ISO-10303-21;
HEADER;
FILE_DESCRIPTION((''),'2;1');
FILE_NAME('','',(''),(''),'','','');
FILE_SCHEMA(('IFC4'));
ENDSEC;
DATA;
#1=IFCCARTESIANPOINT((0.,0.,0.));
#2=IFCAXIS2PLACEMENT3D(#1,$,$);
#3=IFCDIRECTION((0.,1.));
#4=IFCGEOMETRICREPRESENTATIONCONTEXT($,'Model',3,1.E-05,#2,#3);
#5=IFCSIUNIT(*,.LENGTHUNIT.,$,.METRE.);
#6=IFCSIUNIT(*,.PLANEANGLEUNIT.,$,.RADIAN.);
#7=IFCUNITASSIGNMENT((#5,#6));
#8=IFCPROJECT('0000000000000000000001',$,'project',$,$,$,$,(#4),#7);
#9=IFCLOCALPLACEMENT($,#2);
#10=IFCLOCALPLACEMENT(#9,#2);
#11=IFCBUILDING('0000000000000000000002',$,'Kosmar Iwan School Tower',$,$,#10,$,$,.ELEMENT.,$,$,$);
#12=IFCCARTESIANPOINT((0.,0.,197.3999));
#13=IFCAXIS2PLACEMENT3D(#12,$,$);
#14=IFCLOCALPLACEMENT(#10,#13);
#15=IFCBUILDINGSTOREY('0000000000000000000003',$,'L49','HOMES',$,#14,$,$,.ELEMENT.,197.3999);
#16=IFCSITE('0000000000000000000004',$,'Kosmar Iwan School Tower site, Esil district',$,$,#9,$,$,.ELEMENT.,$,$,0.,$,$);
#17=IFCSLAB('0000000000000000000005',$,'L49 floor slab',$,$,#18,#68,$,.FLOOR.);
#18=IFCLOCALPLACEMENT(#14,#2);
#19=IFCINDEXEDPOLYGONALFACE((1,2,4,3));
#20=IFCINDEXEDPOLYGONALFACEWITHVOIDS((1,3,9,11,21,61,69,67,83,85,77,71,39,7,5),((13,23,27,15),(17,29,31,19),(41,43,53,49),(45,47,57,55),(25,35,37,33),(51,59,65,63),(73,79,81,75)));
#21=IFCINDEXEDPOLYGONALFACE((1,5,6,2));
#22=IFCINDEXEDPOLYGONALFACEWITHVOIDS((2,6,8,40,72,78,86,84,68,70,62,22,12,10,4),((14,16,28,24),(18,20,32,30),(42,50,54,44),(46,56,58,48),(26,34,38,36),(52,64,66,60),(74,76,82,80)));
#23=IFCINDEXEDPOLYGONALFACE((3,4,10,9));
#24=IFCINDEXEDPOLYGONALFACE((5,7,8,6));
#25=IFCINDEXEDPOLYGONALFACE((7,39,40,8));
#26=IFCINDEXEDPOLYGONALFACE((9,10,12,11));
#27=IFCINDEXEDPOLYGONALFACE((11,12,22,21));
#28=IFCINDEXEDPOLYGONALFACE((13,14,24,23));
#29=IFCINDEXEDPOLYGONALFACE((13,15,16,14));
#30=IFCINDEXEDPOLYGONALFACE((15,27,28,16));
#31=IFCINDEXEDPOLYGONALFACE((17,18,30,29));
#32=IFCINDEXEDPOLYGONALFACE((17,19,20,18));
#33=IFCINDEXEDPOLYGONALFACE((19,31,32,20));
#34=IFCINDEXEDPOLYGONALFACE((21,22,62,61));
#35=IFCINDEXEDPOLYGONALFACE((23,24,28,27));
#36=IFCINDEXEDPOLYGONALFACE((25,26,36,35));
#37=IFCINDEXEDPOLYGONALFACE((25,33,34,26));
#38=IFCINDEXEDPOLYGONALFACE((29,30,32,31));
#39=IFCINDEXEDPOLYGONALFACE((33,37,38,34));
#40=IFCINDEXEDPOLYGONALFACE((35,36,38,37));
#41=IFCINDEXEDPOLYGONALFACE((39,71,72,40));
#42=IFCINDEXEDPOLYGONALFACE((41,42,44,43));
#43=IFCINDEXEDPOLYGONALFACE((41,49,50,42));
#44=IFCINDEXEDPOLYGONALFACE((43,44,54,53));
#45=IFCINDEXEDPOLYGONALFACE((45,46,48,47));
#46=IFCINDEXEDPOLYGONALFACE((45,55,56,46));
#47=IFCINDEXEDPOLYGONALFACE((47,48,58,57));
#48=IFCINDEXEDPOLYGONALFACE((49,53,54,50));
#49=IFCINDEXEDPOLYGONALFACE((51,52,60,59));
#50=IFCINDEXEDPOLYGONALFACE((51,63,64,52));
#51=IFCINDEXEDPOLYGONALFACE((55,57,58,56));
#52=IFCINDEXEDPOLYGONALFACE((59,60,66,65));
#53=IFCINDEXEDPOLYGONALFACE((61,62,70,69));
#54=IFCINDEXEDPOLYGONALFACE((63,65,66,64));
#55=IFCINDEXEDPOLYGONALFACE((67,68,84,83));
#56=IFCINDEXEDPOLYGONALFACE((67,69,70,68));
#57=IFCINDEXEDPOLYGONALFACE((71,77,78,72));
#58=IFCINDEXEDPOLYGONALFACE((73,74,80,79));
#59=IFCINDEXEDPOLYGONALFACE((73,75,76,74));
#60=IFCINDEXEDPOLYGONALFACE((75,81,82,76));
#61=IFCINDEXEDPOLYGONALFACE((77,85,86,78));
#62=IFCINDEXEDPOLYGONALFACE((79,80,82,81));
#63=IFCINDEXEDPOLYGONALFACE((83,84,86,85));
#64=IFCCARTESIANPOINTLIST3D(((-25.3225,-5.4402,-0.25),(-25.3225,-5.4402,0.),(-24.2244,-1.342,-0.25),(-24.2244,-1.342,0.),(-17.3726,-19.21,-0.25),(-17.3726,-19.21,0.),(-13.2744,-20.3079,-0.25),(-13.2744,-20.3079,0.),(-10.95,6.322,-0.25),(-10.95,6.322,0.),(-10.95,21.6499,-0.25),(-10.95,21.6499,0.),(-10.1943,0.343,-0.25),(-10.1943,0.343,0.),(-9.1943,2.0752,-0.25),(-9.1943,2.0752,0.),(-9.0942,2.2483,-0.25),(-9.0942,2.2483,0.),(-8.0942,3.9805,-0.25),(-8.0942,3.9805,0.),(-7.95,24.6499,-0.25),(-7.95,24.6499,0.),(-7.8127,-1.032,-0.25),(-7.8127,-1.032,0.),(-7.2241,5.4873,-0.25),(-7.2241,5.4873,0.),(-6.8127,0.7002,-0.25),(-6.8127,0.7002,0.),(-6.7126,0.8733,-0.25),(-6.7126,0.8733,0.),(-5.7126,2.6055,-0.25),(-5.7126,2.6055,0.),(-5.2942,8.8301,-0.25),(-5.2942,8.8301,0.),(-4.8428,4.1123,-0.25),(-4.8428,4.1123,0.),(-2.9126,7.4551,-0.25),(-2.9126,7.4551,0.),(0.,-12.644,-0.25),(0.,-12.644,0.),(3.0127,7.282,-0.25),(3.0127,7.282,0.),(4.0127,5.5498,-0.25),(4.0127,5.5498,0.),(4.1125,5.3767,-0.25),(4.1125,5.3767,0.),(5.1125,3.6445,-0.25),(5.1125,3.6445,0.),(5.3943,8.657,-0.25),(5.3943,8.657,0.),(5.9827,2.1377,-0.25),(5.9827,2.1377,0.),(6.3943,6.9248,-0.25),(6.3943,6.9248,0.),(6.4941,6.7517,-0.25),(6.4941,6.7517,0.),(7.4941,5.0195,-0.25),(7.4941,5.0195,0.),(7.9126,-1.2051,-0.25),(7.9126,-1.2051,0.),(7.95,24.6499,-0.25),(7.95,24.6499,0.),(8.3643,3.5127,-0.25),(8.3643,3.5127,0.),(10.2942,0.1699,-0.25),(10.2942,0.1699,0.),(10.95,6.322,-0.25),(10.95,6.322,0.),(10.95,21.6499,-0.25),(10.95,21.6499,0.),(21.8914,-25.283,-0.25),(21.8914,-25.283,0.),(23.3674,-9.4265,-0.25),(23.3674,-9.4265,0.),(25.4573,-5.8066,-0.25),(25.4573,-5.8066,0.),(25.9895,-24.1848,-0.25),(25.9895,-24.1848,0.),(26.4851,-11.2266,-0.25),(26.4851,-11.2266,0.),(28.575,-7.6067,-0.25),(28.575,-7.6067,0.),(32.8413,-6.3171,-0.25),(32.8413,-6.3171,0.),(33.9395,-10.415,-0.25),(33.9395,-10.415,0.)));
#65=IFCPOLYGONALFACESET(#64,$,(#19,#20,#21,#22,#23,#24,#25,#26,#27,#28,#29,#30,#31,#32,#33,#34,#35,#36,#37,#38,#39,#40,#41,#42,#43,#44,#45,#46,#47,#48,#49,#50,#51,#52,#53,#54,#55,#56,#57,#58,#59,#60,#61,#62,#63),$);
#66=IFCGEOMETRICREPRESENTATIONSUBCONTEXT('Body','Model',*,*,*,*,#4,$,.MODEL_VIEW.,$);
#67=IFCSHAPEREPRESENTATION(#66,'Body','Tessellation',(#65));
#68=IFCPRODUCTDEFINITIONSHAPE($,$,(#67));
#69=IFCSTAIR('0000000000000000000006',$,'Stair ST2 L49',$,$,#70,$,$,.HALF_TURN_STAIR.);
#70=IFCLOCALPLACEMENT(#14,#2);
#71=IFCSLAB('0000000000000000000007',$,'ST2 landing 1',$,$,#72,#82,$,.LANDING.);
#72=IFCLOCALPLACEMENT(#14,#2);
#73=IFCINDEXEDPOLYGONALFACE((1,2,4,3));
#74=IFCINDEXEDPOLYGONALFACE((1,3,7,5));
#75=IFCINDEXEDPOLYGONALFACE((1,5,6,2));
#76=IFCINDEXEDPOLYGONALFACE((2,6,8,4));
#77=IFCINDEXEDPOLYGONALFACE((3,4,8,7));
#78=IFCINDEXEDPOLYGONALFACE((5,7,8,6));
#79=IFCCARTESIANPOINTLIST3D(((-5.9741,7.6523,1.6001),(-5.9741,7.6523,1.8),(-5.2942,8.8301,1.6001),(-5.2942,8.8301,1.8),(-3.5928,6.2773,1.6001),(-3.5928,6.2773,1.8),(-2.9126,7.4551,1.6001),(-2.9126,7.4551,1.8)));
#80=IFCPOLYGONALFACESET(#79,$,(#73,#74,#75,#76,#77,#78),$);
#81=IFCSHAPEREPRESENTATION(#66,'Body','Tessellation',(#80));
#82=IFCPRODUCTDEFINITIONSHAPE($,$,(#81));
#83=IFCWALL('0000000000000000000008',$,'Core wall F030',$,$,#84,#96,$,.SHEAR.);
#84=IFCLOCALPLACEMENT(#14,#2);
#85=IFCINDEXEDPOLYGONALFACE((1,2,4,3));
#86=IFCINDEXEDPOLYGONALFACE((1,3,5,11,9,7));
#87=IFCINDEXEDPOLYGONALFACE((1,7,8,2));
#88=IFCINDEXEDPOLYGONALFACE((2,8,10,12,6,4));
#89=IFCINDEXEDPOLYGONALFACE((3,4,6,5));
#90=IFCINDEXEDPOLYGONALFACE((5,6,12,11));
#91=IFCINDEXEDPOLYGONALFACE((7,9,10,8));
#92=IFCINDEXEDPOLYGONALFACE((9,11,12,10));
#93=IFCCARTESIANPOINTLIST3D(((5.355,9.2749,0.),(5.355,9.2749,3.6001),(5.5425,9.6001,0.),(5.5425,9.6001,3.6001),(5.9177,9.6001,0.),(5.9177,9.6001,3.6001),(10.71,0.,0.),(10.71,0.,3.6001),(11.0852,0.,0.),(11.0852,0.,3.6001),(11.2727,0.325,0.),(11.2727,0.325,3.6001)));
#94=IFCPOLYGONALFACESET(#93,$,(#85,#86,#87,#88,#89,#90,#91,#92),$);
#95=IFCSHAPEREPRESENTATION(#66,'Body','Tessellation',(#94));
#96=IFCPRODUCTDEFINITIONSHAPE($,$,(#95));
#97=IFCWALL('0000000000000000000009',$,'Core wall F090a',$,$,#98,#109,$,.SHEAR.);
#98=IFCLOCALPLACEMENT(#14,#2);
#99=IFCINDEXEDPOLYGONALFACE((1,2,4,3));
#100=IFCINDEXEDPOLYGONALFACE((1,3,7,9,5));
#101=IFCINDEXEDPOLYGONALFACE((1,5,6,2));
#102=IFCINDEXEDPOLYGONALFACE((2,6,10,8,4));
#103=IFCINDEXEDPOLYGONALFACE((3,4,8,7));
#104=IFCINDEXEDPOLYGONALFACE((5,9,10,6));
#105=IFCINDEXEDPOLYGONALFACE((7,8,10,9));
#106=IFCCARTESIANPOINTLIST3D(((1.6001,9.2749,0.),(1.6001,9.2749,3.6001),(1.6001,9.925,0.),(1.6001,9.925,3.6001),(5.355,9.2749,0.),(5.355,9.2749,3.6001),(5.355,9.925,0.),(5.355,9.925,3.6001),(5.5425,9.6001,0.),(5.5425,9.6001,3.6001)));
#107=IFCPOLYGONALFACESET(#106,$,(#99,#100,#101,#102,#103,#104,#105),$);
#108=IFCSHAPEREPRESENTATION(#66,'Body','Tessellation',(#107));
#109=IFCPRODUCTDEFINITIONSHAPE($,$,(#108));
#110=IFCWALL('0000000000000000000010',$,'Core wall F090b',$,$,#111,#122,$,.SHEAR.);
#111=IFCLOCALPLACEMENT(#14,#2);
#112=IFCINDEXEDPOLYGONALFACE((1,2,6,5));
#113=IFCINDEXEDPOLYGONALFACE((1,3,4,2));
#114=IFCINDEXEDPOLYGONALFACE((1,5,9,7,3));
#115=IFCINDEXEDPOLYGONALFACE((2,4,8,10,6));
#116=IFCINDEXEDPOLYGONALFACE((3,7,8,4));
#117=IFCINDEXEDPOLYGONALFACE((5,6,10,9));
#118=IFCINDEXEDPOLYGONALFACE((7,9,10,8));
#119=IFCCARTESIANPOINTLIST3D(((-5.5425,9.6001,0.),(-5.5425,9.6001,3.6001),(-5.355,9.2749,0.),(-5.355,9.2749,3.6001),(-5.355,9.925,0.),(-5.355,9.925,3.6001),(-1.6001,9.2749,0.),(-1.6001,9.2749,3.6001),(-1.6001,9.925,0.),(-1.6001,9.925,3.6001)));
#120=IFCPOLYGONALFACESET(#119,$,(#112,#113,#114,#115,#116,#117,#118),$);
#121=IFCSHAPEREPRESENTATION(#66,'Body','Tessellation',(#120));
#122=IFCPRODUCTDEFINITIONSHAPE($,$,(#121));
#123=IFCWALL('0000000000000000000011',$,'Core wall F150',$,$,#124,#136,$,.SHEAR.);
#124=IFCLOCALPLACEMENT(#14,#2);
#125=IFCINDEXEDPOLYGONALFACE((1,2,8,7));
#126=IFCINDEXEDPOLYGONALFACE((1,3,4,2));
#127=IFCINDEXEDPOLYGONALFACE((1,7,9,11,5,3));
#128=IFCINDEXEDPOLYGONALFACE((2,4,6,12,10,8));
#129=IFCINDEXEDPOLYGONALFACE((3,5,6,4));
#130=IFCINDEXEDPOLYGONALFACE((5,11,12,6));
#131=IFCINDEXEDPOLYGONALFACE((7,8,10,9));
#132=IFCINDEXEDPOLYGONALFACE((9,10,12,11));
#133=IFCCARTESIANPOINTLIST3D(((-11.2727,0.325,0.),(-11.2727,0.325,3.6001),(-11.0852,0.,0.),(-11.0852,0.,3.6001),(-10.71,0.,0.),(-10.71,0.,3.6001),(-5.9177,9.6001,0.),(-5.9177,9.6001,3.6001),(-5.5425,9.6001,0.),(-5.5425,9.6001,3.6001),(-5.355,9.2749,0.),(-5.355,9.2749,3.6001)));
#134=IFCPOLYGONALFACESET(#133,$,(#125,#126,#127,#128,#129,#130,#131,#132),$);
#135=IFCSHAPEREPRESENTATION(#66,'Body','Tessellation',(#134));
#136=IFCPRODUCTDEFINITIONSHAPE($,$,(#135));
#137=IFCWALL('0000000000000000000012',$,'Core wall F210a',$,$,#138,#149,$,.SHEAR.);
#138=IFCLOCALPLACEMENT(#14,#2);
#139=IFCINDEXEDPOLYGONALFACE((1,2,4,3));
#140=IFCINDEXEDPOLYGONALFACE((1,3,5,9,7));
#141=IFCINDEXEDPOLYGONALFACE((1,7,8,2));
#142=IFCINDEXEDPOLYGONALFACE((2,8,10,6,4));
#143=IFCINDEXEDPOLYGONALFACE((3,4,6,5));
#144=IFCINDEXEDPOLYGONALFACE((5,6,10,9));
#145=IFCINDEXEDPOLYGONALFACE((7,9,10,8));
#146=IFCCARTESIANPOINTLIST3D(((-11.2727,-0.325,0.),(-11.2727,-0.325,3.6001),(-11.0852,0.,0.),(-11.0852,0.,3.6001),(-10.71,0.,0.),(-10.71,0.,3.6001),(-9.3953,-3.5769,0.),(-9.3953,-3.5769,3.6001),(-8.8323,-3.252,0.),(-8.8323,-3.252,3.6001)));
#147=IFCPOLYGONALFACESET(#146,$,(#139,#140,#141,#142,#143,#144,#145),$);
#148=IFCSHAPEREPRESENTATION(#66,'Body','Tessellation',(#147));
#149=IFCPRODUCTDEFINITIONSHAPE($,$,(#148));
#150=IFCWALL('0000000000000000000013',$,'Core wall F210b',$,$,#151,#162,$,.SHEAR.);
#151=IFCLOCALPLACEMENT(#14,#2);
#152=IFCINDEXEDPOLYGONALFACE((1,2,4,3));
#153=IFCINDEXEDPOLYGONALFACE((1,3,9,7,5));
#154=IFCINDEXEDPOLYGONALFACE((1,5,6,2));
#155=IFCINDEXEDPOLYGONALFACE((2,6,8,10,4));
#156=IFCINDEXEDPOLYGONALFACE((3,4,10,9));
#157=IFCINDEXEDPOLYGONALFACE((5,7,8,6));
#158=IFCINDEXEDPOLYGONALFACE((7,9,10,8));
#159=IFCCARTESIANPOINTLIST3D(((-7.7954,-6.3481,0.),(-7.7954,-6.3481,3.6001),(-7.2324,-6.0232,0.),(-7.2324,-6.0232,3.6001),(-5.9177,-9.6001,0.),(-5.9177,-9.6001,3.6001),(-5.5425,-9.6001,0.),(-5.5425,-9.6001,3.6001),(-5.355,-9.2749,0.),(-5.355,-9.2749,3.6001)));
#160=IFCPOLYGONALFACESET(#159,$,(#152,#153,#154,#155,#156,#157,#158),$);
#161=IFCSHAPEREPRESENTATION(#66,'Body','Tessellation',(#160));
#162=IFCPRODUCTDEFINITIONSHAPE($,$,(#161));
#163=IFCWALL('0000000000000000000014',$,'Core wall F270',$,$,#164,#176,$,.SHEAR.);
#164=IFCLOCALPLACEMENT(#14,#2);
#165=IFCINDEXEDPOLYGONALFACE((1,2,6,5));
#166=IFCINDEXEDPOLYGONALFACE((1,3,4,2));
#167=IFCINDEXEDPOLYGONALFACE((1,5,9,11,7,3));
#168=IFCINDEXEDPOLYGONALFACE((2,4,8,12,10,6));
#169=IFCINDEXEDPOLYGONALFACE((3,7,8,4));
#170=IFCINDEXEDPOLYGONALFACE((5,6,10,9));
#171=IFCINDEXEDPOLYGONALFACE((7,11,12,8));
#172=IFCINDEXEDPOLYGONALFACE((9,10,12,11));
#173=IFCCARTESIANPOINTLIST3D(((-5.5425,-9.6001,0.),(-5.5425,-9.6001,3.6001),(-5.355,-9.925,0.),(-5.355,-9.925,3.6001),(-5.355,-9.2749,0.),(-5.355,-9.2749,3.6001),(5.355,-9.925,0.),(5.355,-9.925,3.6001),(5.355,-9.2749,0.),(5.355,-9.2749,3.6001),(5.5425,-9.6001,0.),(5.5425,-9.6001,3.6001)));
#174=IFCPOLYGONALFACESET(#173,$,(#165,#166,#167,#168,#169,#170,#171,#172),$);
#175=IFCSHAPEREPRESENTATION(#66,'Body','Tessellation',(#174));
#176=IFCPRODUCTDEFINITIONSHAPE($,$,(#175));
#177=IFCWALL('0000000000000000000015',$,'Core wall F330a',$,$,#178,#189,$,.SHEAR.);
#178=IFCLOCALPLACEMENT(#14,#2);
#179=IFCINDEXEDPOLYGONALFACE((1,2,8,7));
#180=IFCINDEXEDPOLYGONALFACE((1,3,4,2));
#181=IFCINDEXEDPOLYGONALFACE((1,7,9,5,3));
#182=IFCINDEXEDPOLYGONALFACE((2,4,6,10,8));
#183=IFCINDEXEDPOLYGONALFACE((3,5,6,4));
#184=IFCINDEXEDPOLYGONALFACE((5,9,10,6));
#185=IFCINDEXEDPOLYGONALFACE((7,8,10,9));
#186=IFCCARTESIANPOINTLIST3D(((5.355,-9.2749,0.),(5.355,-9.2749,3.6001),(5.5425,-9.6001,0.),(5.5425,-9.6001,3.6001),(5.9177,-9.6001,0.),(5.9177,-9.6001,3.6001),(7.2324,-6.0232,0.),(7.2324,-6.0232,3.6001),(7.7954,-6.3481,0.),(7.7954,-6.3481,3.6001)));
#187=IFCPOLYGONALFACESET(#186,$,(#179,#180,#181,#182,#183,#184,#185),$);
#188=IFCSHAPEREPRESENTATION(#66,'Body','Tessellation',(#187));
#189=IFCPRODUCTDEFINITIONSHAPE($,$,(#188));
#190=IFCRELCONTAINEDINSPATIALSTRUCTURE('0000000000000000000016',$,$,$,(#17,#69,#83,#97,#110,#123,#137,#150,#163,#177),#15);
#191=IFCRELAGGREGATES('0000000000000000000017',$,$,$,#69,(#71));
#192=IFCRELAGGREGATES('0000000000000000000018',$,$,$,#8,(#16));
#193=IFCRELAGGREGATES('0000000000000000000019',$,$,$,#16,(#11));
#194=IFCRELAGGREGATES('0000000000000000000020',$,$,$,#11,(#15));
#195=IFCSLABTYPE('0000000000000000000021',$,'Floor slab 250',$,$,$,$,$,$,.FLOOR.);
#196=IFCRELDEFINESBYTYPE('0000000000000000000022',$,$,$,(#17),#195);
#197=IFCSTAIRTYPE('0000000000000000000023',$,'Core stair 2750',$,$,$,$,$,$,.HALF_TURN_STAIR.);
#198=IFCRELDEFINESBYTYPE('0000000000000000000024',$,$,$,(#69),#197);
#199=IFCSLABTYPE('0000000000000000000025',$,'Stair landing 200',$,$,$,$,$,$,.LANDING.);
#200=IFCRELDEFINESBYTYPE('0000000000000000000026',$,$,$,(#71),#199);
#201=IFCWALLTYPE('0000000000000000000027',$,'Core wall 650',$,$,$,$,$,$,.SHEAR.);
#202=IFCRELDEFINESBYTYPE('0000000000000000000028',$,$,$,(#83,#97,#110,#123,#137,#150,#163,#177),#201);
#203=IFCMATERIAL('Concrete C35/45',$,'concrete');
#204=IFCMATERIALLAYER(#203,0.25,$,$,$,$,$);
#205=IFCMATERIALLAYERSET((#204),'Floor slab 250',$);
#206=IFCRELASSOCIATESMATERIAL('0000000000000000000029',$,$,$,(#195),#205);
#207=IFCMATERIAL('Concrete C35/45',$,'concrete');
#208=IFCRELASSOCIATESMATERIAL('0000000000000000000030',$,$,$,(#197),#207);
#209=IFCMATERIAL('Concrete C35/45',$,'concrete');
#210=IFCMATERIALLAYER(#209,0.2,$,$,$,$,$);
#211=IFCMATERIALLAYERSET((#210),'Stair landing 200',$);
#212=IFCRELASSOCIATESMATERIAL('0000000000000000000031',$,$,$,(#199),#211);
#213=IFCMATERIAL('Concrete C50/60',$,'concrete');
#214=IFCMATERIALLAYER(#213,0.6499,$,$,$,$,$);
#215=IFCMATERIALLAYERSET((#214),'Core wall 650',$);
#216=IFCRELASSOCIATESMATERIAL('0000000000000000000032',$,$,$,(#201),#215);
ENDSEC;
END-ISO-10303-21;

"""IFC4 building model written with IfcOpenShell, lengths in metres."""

from ifc_helpers import new_model, si_unit, direction, frame, origin, place, context, subcontext, project, spatial, polyline, outline, extrude, material, layer, layer_set, type_object, element, aggregate, save


model = new_model("IFC4")

# Units and contexts
model_context = context("Model", 3, precision=1e-05, world=origin(), true_north=direction((0.0, 1.0)))
body_context = subcontext(model_context, "Body", "Model", "MODEL_VIEW")
ifc_project = project(units=[si_unit("LENGTHUNIT", "METRE"), si_unit("PLANEANGLEUNIT", "RADIAN")], contexts=[model_context])

# Site, building, storey
site_placement = place(None, origin())
site = spatial("IfcSite", under=ifc_project, at=site_placement, Name="Kosmar Iwan School Tower site, Esil district", CompositionType="ELEMENT", RefElevation=0.0)
building_placement = place(site_placement, origin())
building = spatial("IfcBuilding", under=site, at=building_placement, Name="Kosmar Iwan School Tower", CompositionType="ELEMENT")
storey_placement = place(building_placement, frame((0.0, 0.0, 197.3999)))
storey = spatial("IfcBuildingStorey", under=building, at=storey_placement, Name="L49", Description="HOMES", CompositionType="ELEMENT", Elevation=197.3999)

# Slab
ifc_material_1 = material(Name="Concrete C35/45", Category="concrete")
ifc_layer_1 = layer(ifc_material_1, 0.25)
ifc_layer_set_1 = layer_set([ifc_layer_1], Name="Floor slab 250")
slab_type_1 = type_object("IfcSlabType", Name="Floor slab 250", PredefinedType="FLOOR", material=ifc_layer_set_1)
slab_1_placement = place(storey_placement, frame((0.0, 0.0, -0.25)))
element("IfcSlab", 1, at=slab_1_placement, inside=storey, type_object=slab_type_1, Name="L49 floor slab", PredefinedType="FLOOR", context=body_context, shape_type="SweptSolid", body=[
    extrude(outline(polyline([(21.8914, -25.283), (25.9895, -24.1848), (33.9395, -10.415), (32.8413, -6.3171), (10.95, 6.322), (10.95, 21.6499), (7.95, 24.6499), (-7.95, 24.6499), (-10.95, 21.6499), (-10.95, 6.322), (-24.2244, -1.342), (-25.3225, -5.4402), (-17.3726, -19.21), (-13.2744, -20.3079), (0.0, -12.644), (21.8914, -25.283)]), holes=[polyline([(7.9126, -1.2051), (10.2942, 0.1699), (8.3643, 3.5127), (5.9827, 2.1377), (7.9126, -1.2051)]), polyline([(-2.9126, 7.4551), (-5.2942, 8.8301), (-7.2241, 5.4873), (-4.8428, 4.1123), (-2.9126, 7.4551)]), polyline([(-5.7126, 2.6055), (-8.0942, 3.9805), (-9.0942, 2.2483), (-6.7126, 0.8733), (-5.7126, 2.6055)]), polyline([(-6.8127, 0.7002), (-9.1943, 2.0752), (-10.1943, 0.343), (-7.8127, -1.032), (-6.8127, 0.7002)]), polyline([(5.1125, 3.6445), (7.4941, 5.0195), (6.4941, 6.7517), (4.1125, 5.3767), (5.1125, 3.6445)]), polyline([(4.0127, 5.5498), (6.3943, 6.9248), (5.3943, 8.657), (3.0127, 7.282), (4.0127, 5.5498)]), polyline([(23.3674, -9.4265), (26.4851, -11.2266), (28.575, -7.6067), (25.4573, -5.8066), (23.3674, -9.4265)])]), origin(), (0.0, 0.0, 1.0), 0.25),
])

# Stair, slab
ifc_material_2 = material(Name="Concrete C35/45", Category="concrete")
stair_type = type_object("IfcStairType", Name="Core stair 2750", PredefinedType="HALF_TURN_STAIR", material=ifc_material_2)
stair_placement = place(storey_placement, origin())
stair = element("IfcStair", 2, at=stair_placement, inside=storey, type_object=stair_type, Name="Stair ST2 L49", PredefinedType="HALF_TURN_STAIR")
ifc_material_3 = material(Name="Concrete C35/45", Category="concrete")
ifc_layer_2 = layer(ifc_material_3, 0.2)
ifc_layer_set_2 = layer_set([ifc_layer_2], Name="Stair landing 200")
slab_type_2 = type_object("IfcSlabType", Name="Stair landing 200", PredefinedType="LANDING", material=ifc_layer_set_2)
slab_2_placement = place(storey_placement, frame((0.0, 0.0, 1.6001)))
slab_2 = element("IfcSlab", 3, at=slab_2_placement, type_object=slab_type_2, Name="ST2 landing 1", PredefinedType="LANDING", context=body_context, shape_type="SweptSolid", body=[
    extrude(outline(polyline([(-2.9126, 7.4551), (-5.2942, 8.8301), (-5.9741, 7.6523), (-3.5928, 6.2773), (-2.9126, 7.4551)])), origin(), (0.0, 0.0, 1.0), 0.2),
])
aggregate(stair, [slab_2])

# Walls
ifc_material_4 = material(Name="Concrete C50/60", Category="concrete")
ifc_layer_3 = layer(ifc_material_4, 0.6499)
ifc_layer_set_3 = layer_set([ifc_layer_3], Name="Core wall 650")
wall_type = type_object("IfcWallType", Name="Core wall 650", PredefinedType="SHEAR", material=ifc_layer_set_3)
wall_1_placement = place(storey_placement, origin())
element("IfcWall", 4, at=wall_1_placement, inside=storey, type_object=wall_type, Name="Core wall F030", PredefinedType="SHEAR", context=body_context, shape_type="SweptSolid", body=[
    extrude(outline(polyline([(10.71, 0.0), (11.0852, 0.0), (11.2727, 0.325), (5.9177, 9.6001), (5.5425, 9.6001), (5.355, 9.2749), (10.71, 0.0)])), origin(), (0.0, 0.0, 1.0), 3.6001),
])
wall_2_placement = place(storey_placement, origin())
element("IfcWall", 5, at=wall_2_placement, inside=storey, type_object=wall_type, Name="Core wall F090a", PredefinedType="SHEAR", context=body_context, shape_type="SweptSolid", body=[
    extrude(outline(polyline([(1.6001, 9.2749), (5.355, 9.2749), (5.5425, 9.6001), (5.355, 9.925), (1.6001, 9.925), (1.6001, 9.2749)])), origin(), (0.0, 0.0, 1.0), 3.6001),
])
wall_3_placement = place(storey_placement, origin())
element("IfcWall", 6, at=wall_3_placement, inside=storey, type_object=wall_type, Name="Core wall F090b", PredefinedType="SHEAR", context=body_context, shape_type="SweptSolid", body=[
    extrude(outline(polyline([(-5.355, 9.2749), (-1.6001, 9.2749), (-1.6001, 9.925), (-5.355, 9.925), (-5.5425, 9.6001), (-5.355, 9.2749)])), origin(), (0.0, 0.0, 1.0), 3.6001),
])
wall_4_placement = place(storey_placement, origin())
element("IfcWall", 7, at=wall_4_placement, inside=storey, type_object=wall_type, Name="Core wall F150", PredefinedType="SHEAR", context=body_context, shape_type="SweptSolid", body=[
    extrude(outline(polyline([(-11.0852, 0.0), (-10.71, 0.0), (-5.355, 9.2749), (-5.5425, 9.6001), (-5.9177, 9.6001), (-11.2727, 0.325), (-11.0852, 0.0)])), origin(), (0.0, 0.0, 1.0), 3.6001),
])
wall_5_placement = place(storey_placement, origin())
element("IfcWall", 8, at=wall_5_placement, inside=storey, type_object=wall_type, Name="Core wall F210a", PredefinedType="SHEAR", context=body_context, shape_type="SweptSolid", body=[
    extrude(outline(polyline([(-9.3953, -3.5769), (-8.8323, -3.252), (-10.71, 0.0), (-11.0852, 0.0), (-11.2727, -0.325), (-9.3953, -3.5769)])), origin(), (0.0, 0.0, 1.0), 3.6001),
])
wall_6_placement = place(storey_placement, origin())
element("IfcWall", 9, at=wall_6_placement, inside=storey, type_object=wall_type, Name="Core wall F210b", PredefinedType="SHEAR", context=body_context, shape_type="SweptSolid", body=[
    extrude(outline(polyline([(-5.9177, -9.6001), (-5.5425, -9.6001), (-5.355, -9.2749), (-7.2324, -6.0232), (-7.7954, -6.3481), (-5.9177, -9.6001)])), origin(), (0.0, 0.0, 1.0), 3.6001),
])
wall_7_placement = place(storey_placement, origin())
element("IfcWall", 10, at=wall_7_placement, inside=storey, type_object=wall_type, Name="Core wall F270", PredefinedType="SHEAR", context=body_context, shape_type="SweptSolid", body=[
    extrude(outline(polyline([(-5.355, -9.925), (5.355, -9.925), (5.5425, -9.6001), (5.355, -9.2749), (-5.355, -9.2749), (-5.5425, -9.6001), (-5.355, -9.925)])), origin(), (0.0, 0.0, 1.0), 3.6001),
])
wall_8_placement = place(storey_placement, origin())
element("IfcWall", 11, at=wall_8_placement, inside=storey, type_object=wall_type, Name="Core wall F330a", PredefinedType="SHEAR", context=body_context, shape_type="SweptSolid", body=[
    extrude(outline(polyline([(5.5425, -9.6001), (5.9177, -9.6001), (7.7954, -6.3481), (7.2324, -6.0232), (5.355, -9.2749), (5.5425, -9.6001)])), origin(), (0.0, 0.0, 1.0), 3.6001),
])

save(model, "model.ifc")
